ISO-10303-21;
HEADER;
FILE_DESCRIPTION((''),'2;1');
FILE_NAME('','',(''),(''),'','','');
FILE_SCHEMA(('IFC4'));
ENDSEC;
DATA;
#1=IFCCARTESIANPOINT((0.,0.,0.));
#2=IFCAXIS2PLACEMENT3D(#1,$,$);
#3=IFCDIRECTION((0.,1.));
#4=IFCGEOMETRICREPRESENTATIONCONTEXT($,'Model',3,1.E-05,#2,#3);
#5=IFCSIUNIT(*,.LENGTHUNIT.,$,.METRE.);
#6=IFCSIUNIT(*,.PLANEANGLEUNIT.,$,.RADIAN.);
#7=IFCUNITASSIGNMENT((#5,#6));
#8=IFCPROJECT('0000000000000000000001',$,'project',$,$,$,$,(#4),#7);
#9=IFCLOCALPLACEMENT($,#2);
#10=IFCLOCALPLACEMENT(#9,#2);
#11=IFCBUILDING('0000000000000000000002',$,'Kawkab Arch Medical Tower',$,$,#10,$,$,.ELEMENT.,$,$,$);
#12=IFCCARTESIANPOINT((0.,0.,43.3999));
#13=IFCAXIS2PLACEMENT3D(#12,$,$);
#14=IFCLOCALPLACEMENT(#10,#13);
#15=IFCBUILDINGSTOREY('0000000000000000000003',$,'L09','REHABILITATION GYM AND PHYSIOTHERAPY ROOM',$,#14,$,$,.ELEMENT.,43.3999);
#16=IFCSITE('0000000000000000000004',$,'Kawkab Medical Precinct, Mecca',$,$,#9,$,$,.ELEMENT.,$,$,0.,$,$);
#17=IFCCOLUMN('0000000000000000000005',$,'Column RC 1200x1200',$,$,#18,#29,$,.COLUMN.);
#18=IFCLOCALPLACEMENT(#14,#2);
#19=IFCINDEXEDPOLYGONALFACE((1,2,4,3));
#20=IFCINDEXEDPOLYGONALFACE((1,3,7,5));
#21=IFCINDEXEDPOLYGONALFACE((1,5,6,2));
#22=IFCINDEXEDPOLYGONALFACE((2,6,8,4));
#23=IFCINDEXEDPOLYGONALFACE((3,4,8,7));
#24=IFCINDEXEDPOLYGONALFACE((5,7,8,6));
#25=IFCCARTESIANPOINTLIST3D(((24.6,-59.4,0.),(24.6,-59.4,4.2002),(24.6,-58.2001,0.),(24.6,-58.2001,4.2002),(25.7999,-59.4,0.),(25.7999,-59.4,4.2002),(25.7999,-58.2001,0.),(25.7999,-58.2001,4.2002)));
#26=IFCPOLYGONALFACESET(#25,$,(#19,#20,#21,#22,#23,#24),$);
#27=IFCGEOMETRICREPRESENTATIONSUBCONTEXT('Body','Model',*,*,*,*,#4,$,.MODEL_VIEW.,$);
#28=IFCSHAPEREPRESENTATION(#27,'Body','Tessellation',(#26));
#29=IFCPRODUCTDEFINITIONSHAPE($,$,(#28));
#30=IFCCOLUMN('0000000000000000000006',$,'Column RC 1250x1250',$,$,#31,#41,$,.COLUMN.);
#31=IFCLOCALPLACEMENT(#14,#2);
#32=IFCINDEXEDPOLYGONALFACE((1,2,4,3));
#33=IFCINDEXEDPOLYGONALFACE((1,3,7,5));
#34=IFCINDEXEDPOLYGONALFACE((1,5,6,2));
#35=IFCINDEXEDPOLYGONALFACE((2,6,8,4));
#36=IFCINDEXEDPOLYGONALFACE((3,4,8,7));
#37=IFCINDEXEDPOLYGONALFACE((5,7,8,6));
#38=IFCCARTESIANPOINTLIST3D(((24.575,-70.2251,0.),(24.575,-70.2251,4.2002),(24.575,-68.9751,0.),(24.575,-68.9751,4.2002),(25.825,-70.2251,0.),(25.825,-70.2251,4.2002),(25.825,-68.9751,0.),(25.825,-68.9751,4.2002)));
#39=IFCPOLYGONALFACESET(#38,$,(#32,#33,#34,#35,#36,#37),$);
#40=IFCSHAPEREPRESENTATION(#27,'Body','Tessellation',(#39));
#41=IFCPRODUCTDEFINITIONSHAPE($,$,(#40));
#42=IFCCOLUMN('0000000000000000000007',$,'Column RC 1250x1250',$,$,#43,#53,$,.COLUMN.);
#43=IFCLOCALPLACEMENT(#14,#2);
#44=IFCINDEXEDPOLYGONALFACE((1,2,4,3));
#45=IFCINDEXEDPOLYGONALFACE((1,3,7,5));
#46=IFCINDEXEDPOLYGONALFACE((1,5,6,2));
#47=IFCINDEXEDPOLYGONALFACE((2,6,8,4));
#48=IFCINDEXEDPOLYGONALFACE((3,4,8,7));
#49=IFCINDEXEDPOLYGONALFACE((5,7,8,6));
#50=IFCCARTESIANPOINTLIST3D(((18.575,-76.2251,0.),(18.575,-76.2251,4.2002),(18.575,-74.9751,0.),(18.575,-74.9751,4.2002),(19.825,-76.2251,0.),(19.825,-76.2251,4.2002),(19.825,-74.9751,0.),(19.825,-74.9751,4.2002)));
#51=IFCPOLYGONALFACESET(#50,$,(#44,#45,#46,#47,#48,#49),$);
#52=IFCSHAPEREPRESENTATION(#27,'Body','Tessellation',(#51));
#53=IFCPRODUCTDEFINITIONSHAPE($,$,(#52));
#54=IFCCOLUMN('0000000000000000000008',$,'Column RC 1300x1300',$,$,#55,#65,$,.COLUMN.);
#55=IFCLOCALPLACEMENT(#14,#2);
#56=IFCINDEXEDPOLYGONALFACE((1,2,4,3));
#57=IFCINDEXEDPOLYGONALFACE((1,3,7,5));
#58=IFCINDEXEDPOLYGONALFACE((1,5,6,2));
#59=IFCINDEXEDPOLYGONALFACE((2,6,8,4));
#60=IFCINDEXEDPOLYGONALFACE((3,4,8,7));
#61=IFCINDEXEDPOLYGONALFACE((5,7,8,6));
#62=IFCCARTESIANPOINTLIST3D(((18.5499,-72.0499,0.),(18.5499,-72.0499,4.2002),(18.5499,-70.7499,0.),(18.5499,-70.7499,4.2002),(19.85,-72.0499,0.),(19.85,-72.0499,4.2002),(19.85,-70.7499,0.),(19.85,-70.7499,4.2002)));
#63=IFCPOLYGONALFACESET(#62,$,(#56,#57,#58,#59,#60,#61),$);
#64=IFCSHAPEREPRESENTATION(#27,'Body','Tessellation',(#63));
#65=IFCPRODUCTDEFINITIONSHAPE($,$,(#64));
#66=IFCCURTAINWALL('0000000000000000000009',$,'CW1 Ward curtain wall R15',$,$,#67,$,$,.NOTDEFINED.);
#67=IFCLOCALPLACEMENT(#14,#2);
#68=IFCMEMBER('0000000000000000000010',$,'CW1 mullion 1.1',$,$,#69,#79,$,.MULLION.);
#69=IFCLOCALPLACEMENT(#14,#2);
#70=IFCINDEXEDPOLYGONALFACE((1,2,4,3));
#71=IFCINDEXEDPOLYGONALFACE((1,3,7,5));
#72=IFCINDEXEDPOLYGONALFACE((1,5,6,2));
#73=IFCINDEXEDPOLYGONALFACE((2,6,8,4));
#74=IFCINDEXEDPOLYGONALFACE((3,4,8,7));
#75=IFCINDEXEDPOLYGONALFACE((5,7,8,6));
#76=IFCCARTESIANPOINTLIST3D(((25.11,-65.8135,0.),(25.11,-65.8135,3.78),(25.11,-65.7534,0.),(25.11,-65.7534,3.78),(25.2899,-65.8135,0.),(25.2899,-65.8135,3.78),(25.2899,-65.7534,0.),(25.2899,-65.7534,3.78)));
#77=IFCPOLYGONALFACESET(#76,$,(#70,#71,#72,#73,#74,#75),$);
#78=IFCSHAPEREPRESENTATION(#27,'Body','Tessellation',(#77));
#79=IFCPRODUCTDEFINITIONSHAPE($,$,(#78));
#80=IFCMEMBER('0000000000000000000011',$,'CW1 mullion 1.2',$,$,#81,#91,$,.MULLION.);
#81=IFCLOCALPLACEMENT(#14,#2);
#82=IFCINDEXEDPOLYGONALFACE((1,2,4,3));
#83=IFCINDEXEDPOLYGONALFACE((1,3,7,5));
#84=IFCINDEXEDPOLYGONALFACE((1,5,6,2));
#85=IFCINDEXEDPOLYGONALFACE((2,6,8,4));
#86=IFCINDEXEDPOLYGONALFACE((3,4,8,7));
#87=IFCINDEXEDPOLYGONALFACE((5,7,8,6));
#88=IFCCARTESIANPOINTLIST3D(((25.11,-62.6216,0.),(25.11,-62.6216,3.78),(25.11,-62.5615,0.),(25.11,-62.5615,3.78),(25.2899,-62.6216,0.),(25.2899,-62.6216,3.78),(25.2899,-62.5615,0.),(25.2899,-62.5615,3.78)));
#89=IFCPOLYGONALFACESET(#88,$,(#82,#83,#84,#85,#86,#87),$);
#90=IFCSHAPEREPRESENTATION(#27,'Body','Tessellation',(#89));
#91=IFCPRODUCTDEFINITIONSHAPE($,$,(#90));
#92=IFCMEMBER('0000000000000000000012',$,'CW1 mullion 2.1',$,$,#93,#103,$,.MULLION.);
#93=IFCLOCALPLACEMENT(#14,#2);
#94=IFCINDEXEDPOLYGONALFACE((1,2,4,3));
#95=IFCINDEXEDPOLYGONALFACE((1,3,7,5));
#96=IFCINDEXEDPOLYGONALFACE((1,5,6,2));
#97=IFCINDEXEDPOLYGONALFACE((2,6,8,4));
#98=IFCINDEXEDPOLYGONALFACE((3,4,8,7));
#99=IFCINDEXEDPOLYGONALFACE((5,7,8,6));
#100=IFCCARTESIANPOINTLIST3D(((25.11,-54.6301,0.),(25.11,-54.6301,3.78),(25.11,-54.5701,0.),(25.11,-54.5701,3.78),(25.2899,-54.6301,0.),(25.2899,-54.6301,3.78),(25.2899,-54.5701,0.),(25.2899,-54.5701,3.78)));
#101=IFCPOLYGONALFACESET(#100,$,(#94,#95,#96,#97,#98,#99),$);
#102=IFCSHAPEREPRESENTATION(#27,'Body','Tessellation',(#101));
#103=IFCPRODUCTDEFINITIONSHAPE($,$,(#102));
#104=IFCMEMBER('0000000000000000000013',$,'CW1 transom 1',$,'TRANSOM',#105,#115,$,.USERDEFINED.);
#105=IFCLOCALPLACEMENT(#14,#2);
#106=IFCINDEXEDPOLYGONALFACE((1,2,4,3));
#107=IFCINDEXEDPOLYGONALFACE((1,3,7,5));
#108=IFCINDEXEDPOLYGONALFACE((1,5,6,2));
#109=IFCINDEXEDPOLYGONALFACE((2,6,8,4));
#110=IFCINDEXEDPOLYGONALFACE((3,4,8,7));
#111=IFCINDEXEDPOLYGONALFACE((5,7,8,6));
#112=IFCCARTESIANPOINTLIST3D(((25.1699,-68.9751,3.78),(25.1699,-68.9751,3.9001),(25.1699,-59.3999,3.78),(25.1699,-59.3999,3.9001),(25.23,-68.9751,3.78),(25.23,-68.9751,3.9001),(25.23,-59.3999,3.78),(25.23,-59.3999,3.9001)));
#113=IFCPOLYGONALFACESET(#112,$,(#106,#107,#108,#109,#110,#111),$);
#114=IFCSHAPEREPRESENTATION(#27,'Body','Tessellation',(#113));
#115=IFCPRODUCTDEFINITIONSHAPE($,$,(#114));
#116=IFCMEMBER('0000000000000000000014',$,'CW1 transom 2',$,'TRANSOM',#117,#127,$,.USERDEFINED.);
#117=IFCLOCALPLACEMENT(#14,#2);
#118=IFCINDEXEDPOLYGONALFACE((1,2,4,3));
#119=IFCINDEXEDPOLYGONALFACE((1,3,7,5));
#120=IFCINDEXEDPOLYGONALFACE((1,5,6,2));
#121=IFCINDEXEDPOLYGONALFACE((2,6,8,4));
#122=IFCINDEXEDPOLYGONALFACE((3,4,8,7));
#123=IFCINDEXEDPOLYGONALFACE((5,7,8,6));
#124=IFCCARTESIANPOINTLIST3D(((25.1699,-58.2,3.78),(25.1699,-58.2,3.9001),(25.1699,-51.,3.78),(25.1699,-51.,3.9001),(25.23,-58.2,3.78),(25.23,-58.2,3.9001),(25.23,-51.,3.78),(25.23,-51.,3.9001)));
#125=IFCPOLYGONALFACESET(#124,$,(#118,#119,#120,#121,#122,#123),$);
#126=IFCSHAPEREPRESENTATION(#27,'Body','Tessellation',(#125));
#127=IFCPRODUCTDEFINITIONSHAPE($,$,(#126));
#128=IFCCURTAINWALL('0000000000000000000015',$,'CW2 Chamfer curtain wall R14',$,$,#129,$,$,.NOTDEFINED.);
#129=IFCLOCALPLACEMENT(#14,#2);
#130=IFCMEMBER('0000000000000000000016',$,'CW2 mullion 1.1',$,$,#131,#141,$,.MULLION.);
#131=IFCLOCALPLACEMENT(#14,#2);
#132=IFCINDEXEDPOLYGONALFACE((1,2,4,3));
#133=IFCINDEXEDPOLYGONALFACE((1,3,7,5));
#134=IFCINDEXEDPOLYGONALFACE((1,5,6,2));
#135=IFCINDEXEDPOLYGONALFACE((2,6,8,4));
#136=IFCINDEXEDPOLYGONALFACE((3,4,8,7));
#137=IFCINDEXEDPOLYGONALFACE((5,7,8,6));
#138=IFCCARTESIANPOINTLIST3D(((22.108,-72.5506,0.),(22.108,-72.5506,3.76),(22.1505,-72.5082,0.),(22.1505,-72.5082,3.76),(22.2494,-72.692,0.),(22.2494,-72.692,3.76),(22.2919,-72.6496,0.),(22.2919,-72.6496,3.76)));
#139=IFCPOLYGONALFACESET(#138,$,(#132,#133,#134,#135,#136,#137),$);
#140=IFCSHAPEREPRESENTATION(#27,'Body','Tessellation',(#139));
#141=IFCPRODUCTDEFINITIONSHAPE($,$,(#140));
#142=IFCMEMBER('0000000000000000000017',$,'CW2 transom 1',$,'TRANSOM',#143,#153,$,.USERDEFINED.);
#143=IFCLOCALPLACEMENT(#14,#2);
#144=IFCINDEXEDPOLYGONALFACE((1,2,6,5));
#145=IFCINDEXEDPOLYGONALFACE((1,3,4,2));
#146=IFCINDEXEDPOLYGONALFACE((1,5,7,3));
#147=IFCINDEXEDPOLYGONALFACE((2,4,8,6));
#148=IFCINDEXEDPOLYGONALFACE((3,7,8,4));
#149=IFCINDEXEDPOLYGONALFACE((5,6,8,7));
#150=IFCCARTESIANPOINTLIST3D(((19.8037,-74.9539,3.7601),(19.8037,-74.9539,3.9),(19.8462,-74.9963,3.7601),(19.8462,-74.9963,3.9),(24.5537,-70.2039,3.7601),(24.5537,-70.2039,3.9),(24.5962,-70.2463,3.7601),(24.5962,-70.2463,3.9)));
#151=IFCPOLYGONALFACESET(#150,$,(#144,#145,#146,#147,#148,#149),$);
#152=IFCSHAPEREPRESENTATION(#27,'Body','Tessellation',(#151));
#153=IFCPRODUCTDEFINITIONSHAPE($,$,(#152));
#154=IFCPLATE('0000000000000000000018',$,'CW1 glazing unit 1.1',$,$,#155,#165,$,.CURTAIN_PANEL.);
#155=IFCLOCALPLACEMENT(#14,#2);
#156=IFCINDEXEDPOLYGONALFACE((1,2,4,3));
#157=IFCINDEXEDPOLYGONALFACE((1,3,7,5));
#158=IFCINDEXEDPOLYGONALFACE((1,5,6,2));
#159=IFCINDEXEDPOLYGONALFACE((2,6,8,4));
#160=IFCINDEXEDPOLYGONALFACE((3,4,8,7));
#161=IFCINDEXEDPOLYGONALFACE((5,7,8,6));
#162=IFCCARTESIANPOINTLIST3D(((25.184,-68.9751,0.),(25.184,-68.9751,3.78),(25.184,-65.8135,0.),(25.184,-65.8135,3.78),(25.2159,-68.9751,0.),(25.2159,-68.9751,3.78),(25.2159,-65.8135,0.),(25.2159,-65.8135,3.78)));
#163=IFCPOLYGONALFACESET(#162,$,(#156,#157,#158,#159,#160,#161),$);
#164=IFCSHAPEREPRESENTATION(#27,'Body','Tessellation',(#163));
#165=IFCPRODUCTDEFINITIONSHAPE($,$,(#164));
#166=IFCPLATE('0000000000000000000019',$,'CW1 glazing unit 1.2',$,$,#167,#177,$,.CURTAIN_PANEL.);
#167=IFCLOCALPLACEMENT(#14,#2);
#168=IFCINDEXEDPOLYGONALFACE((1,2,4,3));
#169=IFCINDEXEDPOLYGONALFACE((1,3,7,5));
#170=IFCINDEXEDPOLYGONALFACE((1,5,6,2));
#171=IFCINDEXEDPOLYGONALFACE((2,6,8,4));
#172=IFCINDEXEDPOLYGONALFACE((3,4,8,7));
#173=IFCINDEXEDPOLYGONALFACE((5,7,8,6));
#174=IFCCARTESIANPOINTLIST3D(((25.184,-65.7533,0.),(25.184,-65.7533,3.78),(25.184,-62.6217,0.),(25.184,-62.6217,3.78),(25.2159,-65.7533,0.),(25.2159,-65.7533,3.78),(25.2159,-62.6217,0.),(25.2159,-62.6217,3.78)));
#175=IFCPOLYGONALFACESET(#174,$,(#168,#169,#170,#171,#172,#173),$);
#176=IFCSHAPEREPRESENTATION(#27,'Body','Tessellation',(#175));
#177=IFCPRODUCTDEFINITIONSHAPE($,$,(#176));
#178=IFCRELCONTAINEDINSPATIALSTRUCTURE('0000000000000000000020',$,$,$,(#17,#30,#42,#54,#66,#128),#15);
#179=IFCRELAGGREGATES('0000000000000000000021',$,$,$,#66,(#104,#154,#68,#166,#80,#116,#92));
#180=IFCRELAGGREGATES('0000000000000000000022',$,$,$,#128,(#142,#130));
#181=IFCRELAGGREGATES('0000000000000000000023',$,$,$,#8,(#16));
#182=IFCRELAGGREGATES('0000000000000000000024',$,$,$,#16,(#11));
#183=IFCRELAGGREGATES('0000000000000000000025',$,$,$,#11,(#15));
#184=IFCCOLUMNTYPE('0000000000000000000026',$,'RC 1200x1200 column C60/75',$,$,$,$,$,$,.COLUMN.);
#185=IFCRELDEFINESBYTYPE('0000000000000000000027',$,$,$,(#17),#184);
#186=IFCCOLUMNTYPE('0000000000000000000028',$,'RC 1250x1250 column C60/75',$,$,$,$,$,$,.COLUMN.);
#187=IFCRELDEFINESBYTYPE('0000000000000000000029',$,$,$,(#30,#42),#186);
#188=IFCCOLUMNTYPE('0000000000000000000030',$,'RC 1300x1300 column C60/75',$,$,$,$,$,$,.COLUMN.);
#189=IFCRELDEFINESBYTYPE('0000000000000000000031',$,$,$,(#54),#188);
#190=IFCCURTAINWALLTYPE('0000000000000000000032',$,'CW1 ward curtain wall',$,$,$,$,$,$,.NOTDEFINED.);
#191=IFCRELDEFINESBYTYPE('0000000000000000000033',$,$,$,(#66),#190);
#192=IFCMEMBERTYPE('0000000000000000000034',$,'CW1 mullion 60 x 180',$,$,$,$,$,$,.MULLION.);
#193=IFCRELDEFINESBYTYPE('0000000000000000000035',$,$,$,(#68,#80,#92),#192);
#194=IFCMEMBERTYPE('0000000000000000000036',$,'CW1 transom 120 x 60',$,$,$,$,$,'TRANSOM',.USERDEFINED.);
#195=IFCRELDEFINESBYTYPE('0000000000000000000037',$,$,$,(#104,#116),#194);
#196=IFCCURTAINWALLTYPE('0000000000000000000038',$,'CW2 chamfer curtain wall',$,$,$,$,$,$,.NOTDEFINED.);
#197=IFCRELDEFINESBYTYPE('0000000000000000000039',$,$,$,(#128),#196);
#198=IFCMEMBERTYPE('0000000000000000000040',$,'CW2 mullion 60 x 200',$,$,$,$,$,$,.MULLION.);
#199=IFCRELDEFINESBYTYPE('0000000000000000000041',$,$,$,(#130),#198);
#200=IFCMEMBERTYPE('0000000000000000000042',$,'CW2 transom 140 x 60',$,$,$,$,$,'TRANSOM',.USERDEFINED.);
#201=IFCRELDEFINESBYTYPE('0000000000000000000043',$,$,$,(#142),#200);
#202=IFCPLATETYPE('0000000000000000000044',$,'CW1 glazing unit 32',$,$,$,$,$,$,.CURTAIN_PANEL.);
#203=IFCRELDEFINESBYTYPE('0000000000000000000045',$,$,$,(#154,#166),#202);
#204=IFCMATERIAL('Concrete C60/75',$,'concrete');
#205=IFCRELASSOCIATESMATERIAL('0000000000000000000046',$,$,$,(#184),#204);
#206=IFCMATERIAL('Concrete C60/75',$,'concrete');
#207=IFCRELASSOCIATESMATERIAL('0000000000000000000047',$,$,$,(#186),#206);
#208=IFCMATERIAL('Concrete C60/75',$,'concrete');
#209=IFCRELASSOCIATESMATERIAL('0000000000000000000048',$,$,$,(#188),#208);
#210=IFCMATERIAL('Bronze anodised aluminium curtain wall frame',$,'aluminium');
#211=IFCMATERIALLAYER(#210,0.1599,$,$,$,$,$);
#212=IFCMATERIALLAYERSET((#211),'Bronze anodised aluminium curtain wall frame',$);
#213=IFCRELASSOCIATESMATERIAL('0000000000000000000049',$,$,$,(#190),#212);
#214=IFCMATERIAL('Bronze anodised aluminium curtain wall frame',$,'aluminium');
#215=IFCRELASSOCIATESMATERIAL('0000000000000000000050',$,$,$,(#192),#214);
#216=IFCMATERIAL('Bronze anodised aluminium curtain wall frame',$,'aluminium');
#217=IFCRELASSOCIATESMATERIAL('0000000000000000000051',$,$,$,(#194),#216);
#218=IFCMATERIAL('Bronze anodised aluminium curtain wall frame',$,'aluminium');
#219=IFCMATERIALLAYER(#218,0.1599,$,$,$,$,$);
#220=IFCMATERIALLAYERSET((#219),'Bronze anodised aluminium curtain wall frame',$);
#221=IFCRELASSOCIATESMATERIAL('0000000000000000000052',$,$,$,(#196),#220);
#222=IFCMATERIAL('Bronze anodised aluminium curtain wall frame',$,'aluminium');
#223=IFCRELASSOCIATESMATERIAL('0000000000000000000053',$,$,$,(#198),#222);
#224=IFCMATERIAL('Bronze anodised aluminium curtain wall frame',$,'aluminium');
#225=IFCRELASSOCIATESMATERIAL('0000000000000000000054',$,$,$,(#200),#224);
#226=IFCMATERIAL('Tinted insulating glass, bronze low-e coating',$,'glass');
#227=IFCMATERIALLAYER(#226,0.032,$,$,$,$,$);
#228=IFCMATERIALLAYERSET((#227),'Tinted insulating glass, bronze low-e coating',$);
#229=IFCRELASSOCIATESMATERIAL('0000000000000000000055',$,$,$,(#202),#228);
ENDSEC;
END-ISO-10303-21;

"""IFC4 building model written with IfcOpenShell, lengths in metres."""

from ifc_helpers import new_model, si_unit, direction, frame, origin, origin_2d, place, context, subcontext, project, spatial, rectangle, extrude, material, layer, layer_set, material_profile, profile_set, type_object, element, aggregate, save


model = new_model("IFC4")

# Units and contexts
model_context = context("Model", 3, precision=1e-05, world=origin(), true_north=direction((0.0, 1.0)))
body_context = subcontext(model_context, "Body", "Model", "MODEL_VIEW")
ifc_project = project(units=[si_unit("LENGTHUNIT", "METRE"), si_unit("PLANEANGLEUNIT", "RADIAN")], contexts=[model_context])

# Site, building, storey
site_placement = place(None, origin())
site = spatial("IfcSite", under=ifc_project, at=site_placement, Name="Kawkab Medical Precinct, Mecca", CompositionType="ELEMENT", RefElevation=0.0)
building_placement = place(site_placement, origin())
building = spatial("IfcBuilding", under=site, at=building_placement, Name="Kawkab Arch Medical Tower", CompositionType="ELEMENT")
storey_placement = place(building_placement, frame((0.0, 0.0, 43.3999)))
storey = spatial("IfcBuildingStorey", under=building, at=storey_placement, Name="L09", Description="REHABILITATION GYM AND PHYSIOTHERAPY ROOM", CompositionType="ELEMENT", Elevation=43.3999)

# Columns
ifc_material_1 = material(Name="Concrete C60/75", Category="concrete")
ifc_material_profile_1 = material_profile(ifc_material_1, rectangle(XDim=1.2, YDim=1.2, at=origin_2d()), Name="RC 1200x1200")
ifc_profile_set_1 = profile_set([ifc_material_profile_1], Name="Concrete C60/75")
column_type_1 = type_object("IfcColumnType", Name="RC 1200x1200 column C60/75", PredefinedType="COLUMN", material=ifc_profile_set_1)
column_1_placement = place(storey_placement, frame((25.2, -58.8, 0.0), z_axis=(0.0, 0.0, 1.0), x_axis=(1.0, 0.0, 0.0)))
element("IfcColumn", 1, at=column_1_placement, inside=storey, type_object=column_type_1, Name="Column RC 1200x1200", PredefinedType="COLUMN", context=body_context, shape_type="SweptSolid", body=[
    extrude(rectangle(XDim=1.2, YDim=1.2, at=origin_2d()), origin(), (0.0, 0.0, 1.0), 4.2002),
])
ifc_material_2 = material(Name="Concrete C60/75", Category="concrete")
ifc_material_profile_2 = material_profile(ifc_material_2, rectangle(XDim=1.25, YDim=1.25, at=origin_2d()), Name="RC 1250x1250")
ifc_profile_set_2 = profile_set([ifc_material_profile_2], Name="Concrete C60/75")
column_type_2 = type_object("IfcColumnType", Name="RC 1250x1250 column C60/75", PredefinedType="COLUMN", material=ifc_profile_set_2)
for number, where, z_axis, x_axis, name in (
    (2, (25.2, -69.6001, 0.0), (0.0, 0.0, 1.0), (1.0, 0.0, 0.0), "Column RC 1250x1250"),
    (3, (19.2, -75.6001, 0.0), (0.0, 0.0, 1.0), (1.0, 0.0, 0.0), "Column RC 1250x1250"),
):
    element("IfcColumn", number, at=place(storey_placement, frame(where, z_axis=z_axis, x_axis=x_axis)), inside=storey, type_object=column_type_2, Name=name, PredefinedType="COLUMN", context=body_context, shape_type="SweptSolid", body=[
        extrude(rectangle(XDim=1.25, YDim=1.25, at=origin_2d()), origin(), (0.0, 0.0, 1.0), 4.2002),
    ])
ifc_material_3 = material(Name="Concrete C60/75", Category="concrete")
ifc_material_profile_3 = material_profile(ifc_material_3, rectangle(XDim=1.3, YDim=1.3, at=origin_2d()), Name="RC 1300x1300")
ifc_profile_set_3 = profile_set([ifc_material_profile_3], Name="Concrete C60/75")
column_type_3 = type_object("IfcColumnType", Name="RC 1300x1300 column C60/75", PredefinedType="COLUMN", material=ifc_profile_set_3)
column_2_placement = place(storey_placement, frame((19.2, -71.3999, 0.0), z_axis=(0.0, 0.0, 1.0), x_axis=(1.0, 0.0, 0.0)))
element("IfcColumn", 4, at=column_2_placement, inside=storey, type_object=column_type_3, Name="Column RC 1300x1300", PredefinedType="COLUMN", context=body_context, shape_type="SweptSolid", body=[
    extrude(rectangle(XDim=1.3, YDim=1.3, at=origin_2d()), origin(), (0.0, 0.0, 1.0), 4.2002),
])

# Curtain walls, members
ifc_material_4 = material(Name="Bronze anodised aluminium curtain wall frame", Category="aluminium")
ifc_layer_1 = layer(ifc_material_4, 0.1599)
ifc_layer_set_1 = layer_set([ifc_layer_1], Name="Bronze anodised aluminium curtain wall frame")
curtain_wall_type_1 = type_object("IfcCurtainWallType", Name="CW1 ward curtain wall", PredefinedType="NOTDEFINED", material=ifc_layer_set_1)
placement = place(storey_placement, origin())
curtain_wall_1 = element("IfcCurtainWall", 5, at=placement, inside=storey, type_object=curtain_wall_type_1, Name="CW1 Ward curtain wall R15", PredefinedType="NOTDEFINED")
ifc_material_5 = material(Name="Bronze anodised aluminium curtain wall frame", Category="aluminium")
ifc_material_profile_4 = material_profile(ifc_material_5, rectangle(XDim=0.1799, YDim=0.0601, at=origin_2d()), Name="AL 60x180")
ifc_profile_set_4 = profile_set([ifc_material_profile_4], Name="Bronze anodised aluminium curtain wall frame")
member_type_1 = type_object("IfcMemberType", Name="CW1 mullion 60 x 180", PredefinedType="MULLION", material=ifc_profile_set_4)
member_1_placement = place(storey_placement, frame((25.2, -65.7834, 0.0), z_axis=(0.0, 0.0, 1.0), x_axis=(-1.0, 0.0, 0.0)))
member_1 = element("IfcMember", 6, at=member_1_placement, type_object=member_type_1, Name="CW1 mullion 1.1", PredefinedType="MULLION", context=body_context, shape_type="SweptSolid", body=[
    extrude(rectangle(XDim=0.1799, YDim=0.0601, at=origin_2d()), origin(), (0.0, 0.0, 1.0), 3.78),
])
member_2_placement = place(storey_placement, frame((25.2, -62.5916, 0.0), z_axis=(0.0, 0.0, 1.0), x_axis=(-1.0, 0.0, 0.0)))
member_2 = element("IfcMember", 7, at=member_2_placement, type_object=member_type_1, Name="CW1 mullion 1.2", PredefinedType="MULLION", context=body_context, shape_type="SweptSolid", body=[
    extrude(rectangle(XDim=0.1799, YDim=0.0601, at=origin_2d()), origin(), (0.0, 0.0, 1.0), 3.78),
])
member_3_placement = place(storey_placement, frame((25.2, -54.6001, 0.0), z_axis=(0.0, 0.0, 1.0), x_axis=(-1.0, 0.0, 0.0)))
member_3 = element("IfcMember", 8, at=member_3_placement, type_object=member_type_1, Name="CW1 mullion 2.1", PredefinedType="MULLION", context=body_context, shape_type="SweptSolid", body=[
    extrude(rectangle(XDim=0.1799, YDim=0.0601, at=origin_2d()), origin(), (0.0, 0.0, 1.0), 3.78),
])
ifc_material_6 = material(Name="Bronze anodised aluminium curtain wall frame", Category="aluminium")
ifc_material_profile_5 = material_profile(ifc_material_6, rectangle(XDim=0.0601, YDim=0.1201, at=origin_2d()), Name="AL 60x120")
ifc_profile_set_5 = profile_set([ifc_material_profile_5], Name="Bronze anodised aluminium curtain wall frame")
member_type_2 = type_object("IfcMemberType", Name="CW1 transom 120 x 60", ElementType="TRANSOM", PredefinedType="USERDEFINED", material=ifc_profile_set_5)
member_4_placement = place(storey_placement, frame((25.2, -68.9751, 3.8401), z_axis=(0.0, 1.0, 0.0), x_axis=(-1.0, 0.0, 0.0)))
member_4 = element("IfcMember", 9, at=member_4_placement, type_object=member_type_2, Name="CW1 transom 1", ObjectType="TRANSOM", PredefinedType="USERDEFINED", context=body_context, shape_type="SweptSolid", body=[
    extrude(rectangle(XDim=0.0601, YDim=0.1201, at=origin_2d()), origin(), (0.0, 0.0, 1.0), 9.5752),
])
member_5_placement = place(storey_placement, frame((25.2, -58.2, 3.8401), z_axis=(0.0, 1.0, 0.0), x_axis=(-1.0, 0.0, 0.0)))
member_5 = element("IfcMember", 10, at=member_5_placement, type_object=member_type_2, Name="CW1 transom 2", ObjectType="TRANSOM", PredefinedType="USERDEFINED", context=body_context, shape_type="SweptSolid", body=[
    extrude(rectangle(XDim=0.0601, YDim=0.1201, at=origin_2d()), origin(), (0.0, 0.0, 1.0), 7.2),
])
ifc_material_7 = material(Name="Bronze anodised aluminium curtain wall frame", Category="aluminium")
ifc_layer_2 = layer(ifc_material_7, 0.1599)
ifc_layer_set_2 = layer_set([ifc_layer_2], Name="Bronze anodised aluminium curtain wall frame")
curtain_wall_type_2 = type_object("IfcCurtainWallType", Name="CW2 chamfer curtain wall", PredefinedType="NOTDEFINED", material=ifc_layer_set_2)
curtain_wall_2 = element("IfcCurtainWall", 11, at=placement, inside=storey, type_object=curtain_wall_type_2, Name="CW2 Chamfer curtain wall R14", PredefinedType="NOTDEFINED")
ifc_material_8 = material(Name="Bronze anodised aluminium curtain wall frame", Category="aluminium")
ifc_material_profile_6 = material_profile(ifc_material_8, rectangle(XDim=0.2, YDim=0.0601, at=origin_2d()), Name="AL 60x200")
ifc_profile_set_6 = profile_set([ifc_material_profile_6], Name="Bronze anodised aluminium curtain wall frame")
member_type_3 = type_object("IfcMemberType", Name="CW2 mullion 60 x 200", PredefinedType="MULLION", material=ifc_profile_set_6)
member_6_placement = place(storey_placement, frame((22.2, -72.6001, 0.0), z_axis=(0.0, 0.0, 1.0), x_axis=(-0.707107, 0.707107, 0.0)))
member_6 = element("IfcMember", 12, at=member_6_placement, type_object=member_type_3, Name="CW2 mullion 1.1", PredefinedType="MULLION", context=body_context, shape_type="SweptSolid", body=[
    extrude(rectangle(XDim=0.2, YDim=0.0601, at=origin_2d()), origin(), (0.0, 0.0, 1.0), 3.76),
])
ifc_material_9 = material(Name="Bronze anodised aluminium curtain wall frame", Category="aluminium")
ifc_material_profile_7 = material_profile(ifc_material_9, rectangle(XDim=0.0601, YDim=0.1399, at=origin_2d()), Name="AL 60x140")
ifc_profile_set_7 = profile_set([ifc_material_profile_7], Name="Bronze anodised aluminium curtain wall frame")
member_type_4 = type_object("IfcMemberType", Name="CW2 transom 140 x 60", ElementType="TRANSOM", PredefinedType="USERDEFINED", material=ifc_profile_set_7)
member_7_placement = place(storey_placement, frame((19.825, -74.9751, 3.8301), z_axis=(0.707107, 0.707107, 0.0), x_axis=(-0.707107, 0.707107, 0.0)))
member_7 = element("IfcMember", 13, at=member_7_placement, type_object=member_type_4, Name="CW2 transom 1", ObjectType="TRANSOM", PredefinedType="USERDEFINED", context=body_context, shape_type="SweptSolid", body=[
    extrude(rectangle(XDim=0.0601, YDim=0.1399, at=origin_2d()), origin(), (0.0, 0.0, 1.0), 6.7175),
])

# Plates
ifc_material_10 = material(Name="Tinted insulating glass, bronze low-e coating", Category="glass")
ifc_layer_3 = layer(ifc_material_10, 0.032)
ifc_layer_set_3 = layer_set([ifc_layer_3], Name="Tinted insulating glass, bronze low-e coating")
plate_type_1 = type_object("IfcPlateType", Name="CW1 glazing unit 32", PredefinedType="CURTAIN_PANEL", material=ifc_layer_set_3)
plate_1_placement = place(storey_placement, frame((25.2, -67.3943, 0.0), z_axis=(0.0, 0.0, 1.0), x_axis=(0.0, 1.0, 0.0)))
plate_1 = element("IfcPlate", 14, at=plate_1_placement, type_object=plate_type_1, Name="CW1 glazing unit 1.1", PredefinedType="CURTAIN_PANEL", context=body_context, shape_type="SweptSolid", body=[
    extrude(rectangle(XDim=3.1616, YDim=0.032, at=origin_2d()), origin(), (0.0, 0.0, 1.0), 3.78),
])
plate_2_placement = place(storey_placement, frame((25.2, -64.1875, 0.0), z_axis=(0.0, 0.0, 1.0), x_axis=(0.0, 1.0, 0.0)))
plate_2 = element("IfcPlate", 15, at=plate_2_placement, type_object=plate_type_1, Name="CW1 glazing unit 1.2", PredefinedType="CURTAIN_PANEL", context=body_context, shape_type="SweptSolid", body=[
    extrude(rectangle(XDim=3.1316, YDim=0.032, at=origin_2d()), origin(), (0.0, 0.0, 1.0), 3.78),
])
aggregate(curtain_wall_1, [member_4, plate_1, member_1, plate_2, member_2, member_5, member_3])
aggregate(curtain_wall_2, [member_7, member_6])

save(model, "model.ifc")
